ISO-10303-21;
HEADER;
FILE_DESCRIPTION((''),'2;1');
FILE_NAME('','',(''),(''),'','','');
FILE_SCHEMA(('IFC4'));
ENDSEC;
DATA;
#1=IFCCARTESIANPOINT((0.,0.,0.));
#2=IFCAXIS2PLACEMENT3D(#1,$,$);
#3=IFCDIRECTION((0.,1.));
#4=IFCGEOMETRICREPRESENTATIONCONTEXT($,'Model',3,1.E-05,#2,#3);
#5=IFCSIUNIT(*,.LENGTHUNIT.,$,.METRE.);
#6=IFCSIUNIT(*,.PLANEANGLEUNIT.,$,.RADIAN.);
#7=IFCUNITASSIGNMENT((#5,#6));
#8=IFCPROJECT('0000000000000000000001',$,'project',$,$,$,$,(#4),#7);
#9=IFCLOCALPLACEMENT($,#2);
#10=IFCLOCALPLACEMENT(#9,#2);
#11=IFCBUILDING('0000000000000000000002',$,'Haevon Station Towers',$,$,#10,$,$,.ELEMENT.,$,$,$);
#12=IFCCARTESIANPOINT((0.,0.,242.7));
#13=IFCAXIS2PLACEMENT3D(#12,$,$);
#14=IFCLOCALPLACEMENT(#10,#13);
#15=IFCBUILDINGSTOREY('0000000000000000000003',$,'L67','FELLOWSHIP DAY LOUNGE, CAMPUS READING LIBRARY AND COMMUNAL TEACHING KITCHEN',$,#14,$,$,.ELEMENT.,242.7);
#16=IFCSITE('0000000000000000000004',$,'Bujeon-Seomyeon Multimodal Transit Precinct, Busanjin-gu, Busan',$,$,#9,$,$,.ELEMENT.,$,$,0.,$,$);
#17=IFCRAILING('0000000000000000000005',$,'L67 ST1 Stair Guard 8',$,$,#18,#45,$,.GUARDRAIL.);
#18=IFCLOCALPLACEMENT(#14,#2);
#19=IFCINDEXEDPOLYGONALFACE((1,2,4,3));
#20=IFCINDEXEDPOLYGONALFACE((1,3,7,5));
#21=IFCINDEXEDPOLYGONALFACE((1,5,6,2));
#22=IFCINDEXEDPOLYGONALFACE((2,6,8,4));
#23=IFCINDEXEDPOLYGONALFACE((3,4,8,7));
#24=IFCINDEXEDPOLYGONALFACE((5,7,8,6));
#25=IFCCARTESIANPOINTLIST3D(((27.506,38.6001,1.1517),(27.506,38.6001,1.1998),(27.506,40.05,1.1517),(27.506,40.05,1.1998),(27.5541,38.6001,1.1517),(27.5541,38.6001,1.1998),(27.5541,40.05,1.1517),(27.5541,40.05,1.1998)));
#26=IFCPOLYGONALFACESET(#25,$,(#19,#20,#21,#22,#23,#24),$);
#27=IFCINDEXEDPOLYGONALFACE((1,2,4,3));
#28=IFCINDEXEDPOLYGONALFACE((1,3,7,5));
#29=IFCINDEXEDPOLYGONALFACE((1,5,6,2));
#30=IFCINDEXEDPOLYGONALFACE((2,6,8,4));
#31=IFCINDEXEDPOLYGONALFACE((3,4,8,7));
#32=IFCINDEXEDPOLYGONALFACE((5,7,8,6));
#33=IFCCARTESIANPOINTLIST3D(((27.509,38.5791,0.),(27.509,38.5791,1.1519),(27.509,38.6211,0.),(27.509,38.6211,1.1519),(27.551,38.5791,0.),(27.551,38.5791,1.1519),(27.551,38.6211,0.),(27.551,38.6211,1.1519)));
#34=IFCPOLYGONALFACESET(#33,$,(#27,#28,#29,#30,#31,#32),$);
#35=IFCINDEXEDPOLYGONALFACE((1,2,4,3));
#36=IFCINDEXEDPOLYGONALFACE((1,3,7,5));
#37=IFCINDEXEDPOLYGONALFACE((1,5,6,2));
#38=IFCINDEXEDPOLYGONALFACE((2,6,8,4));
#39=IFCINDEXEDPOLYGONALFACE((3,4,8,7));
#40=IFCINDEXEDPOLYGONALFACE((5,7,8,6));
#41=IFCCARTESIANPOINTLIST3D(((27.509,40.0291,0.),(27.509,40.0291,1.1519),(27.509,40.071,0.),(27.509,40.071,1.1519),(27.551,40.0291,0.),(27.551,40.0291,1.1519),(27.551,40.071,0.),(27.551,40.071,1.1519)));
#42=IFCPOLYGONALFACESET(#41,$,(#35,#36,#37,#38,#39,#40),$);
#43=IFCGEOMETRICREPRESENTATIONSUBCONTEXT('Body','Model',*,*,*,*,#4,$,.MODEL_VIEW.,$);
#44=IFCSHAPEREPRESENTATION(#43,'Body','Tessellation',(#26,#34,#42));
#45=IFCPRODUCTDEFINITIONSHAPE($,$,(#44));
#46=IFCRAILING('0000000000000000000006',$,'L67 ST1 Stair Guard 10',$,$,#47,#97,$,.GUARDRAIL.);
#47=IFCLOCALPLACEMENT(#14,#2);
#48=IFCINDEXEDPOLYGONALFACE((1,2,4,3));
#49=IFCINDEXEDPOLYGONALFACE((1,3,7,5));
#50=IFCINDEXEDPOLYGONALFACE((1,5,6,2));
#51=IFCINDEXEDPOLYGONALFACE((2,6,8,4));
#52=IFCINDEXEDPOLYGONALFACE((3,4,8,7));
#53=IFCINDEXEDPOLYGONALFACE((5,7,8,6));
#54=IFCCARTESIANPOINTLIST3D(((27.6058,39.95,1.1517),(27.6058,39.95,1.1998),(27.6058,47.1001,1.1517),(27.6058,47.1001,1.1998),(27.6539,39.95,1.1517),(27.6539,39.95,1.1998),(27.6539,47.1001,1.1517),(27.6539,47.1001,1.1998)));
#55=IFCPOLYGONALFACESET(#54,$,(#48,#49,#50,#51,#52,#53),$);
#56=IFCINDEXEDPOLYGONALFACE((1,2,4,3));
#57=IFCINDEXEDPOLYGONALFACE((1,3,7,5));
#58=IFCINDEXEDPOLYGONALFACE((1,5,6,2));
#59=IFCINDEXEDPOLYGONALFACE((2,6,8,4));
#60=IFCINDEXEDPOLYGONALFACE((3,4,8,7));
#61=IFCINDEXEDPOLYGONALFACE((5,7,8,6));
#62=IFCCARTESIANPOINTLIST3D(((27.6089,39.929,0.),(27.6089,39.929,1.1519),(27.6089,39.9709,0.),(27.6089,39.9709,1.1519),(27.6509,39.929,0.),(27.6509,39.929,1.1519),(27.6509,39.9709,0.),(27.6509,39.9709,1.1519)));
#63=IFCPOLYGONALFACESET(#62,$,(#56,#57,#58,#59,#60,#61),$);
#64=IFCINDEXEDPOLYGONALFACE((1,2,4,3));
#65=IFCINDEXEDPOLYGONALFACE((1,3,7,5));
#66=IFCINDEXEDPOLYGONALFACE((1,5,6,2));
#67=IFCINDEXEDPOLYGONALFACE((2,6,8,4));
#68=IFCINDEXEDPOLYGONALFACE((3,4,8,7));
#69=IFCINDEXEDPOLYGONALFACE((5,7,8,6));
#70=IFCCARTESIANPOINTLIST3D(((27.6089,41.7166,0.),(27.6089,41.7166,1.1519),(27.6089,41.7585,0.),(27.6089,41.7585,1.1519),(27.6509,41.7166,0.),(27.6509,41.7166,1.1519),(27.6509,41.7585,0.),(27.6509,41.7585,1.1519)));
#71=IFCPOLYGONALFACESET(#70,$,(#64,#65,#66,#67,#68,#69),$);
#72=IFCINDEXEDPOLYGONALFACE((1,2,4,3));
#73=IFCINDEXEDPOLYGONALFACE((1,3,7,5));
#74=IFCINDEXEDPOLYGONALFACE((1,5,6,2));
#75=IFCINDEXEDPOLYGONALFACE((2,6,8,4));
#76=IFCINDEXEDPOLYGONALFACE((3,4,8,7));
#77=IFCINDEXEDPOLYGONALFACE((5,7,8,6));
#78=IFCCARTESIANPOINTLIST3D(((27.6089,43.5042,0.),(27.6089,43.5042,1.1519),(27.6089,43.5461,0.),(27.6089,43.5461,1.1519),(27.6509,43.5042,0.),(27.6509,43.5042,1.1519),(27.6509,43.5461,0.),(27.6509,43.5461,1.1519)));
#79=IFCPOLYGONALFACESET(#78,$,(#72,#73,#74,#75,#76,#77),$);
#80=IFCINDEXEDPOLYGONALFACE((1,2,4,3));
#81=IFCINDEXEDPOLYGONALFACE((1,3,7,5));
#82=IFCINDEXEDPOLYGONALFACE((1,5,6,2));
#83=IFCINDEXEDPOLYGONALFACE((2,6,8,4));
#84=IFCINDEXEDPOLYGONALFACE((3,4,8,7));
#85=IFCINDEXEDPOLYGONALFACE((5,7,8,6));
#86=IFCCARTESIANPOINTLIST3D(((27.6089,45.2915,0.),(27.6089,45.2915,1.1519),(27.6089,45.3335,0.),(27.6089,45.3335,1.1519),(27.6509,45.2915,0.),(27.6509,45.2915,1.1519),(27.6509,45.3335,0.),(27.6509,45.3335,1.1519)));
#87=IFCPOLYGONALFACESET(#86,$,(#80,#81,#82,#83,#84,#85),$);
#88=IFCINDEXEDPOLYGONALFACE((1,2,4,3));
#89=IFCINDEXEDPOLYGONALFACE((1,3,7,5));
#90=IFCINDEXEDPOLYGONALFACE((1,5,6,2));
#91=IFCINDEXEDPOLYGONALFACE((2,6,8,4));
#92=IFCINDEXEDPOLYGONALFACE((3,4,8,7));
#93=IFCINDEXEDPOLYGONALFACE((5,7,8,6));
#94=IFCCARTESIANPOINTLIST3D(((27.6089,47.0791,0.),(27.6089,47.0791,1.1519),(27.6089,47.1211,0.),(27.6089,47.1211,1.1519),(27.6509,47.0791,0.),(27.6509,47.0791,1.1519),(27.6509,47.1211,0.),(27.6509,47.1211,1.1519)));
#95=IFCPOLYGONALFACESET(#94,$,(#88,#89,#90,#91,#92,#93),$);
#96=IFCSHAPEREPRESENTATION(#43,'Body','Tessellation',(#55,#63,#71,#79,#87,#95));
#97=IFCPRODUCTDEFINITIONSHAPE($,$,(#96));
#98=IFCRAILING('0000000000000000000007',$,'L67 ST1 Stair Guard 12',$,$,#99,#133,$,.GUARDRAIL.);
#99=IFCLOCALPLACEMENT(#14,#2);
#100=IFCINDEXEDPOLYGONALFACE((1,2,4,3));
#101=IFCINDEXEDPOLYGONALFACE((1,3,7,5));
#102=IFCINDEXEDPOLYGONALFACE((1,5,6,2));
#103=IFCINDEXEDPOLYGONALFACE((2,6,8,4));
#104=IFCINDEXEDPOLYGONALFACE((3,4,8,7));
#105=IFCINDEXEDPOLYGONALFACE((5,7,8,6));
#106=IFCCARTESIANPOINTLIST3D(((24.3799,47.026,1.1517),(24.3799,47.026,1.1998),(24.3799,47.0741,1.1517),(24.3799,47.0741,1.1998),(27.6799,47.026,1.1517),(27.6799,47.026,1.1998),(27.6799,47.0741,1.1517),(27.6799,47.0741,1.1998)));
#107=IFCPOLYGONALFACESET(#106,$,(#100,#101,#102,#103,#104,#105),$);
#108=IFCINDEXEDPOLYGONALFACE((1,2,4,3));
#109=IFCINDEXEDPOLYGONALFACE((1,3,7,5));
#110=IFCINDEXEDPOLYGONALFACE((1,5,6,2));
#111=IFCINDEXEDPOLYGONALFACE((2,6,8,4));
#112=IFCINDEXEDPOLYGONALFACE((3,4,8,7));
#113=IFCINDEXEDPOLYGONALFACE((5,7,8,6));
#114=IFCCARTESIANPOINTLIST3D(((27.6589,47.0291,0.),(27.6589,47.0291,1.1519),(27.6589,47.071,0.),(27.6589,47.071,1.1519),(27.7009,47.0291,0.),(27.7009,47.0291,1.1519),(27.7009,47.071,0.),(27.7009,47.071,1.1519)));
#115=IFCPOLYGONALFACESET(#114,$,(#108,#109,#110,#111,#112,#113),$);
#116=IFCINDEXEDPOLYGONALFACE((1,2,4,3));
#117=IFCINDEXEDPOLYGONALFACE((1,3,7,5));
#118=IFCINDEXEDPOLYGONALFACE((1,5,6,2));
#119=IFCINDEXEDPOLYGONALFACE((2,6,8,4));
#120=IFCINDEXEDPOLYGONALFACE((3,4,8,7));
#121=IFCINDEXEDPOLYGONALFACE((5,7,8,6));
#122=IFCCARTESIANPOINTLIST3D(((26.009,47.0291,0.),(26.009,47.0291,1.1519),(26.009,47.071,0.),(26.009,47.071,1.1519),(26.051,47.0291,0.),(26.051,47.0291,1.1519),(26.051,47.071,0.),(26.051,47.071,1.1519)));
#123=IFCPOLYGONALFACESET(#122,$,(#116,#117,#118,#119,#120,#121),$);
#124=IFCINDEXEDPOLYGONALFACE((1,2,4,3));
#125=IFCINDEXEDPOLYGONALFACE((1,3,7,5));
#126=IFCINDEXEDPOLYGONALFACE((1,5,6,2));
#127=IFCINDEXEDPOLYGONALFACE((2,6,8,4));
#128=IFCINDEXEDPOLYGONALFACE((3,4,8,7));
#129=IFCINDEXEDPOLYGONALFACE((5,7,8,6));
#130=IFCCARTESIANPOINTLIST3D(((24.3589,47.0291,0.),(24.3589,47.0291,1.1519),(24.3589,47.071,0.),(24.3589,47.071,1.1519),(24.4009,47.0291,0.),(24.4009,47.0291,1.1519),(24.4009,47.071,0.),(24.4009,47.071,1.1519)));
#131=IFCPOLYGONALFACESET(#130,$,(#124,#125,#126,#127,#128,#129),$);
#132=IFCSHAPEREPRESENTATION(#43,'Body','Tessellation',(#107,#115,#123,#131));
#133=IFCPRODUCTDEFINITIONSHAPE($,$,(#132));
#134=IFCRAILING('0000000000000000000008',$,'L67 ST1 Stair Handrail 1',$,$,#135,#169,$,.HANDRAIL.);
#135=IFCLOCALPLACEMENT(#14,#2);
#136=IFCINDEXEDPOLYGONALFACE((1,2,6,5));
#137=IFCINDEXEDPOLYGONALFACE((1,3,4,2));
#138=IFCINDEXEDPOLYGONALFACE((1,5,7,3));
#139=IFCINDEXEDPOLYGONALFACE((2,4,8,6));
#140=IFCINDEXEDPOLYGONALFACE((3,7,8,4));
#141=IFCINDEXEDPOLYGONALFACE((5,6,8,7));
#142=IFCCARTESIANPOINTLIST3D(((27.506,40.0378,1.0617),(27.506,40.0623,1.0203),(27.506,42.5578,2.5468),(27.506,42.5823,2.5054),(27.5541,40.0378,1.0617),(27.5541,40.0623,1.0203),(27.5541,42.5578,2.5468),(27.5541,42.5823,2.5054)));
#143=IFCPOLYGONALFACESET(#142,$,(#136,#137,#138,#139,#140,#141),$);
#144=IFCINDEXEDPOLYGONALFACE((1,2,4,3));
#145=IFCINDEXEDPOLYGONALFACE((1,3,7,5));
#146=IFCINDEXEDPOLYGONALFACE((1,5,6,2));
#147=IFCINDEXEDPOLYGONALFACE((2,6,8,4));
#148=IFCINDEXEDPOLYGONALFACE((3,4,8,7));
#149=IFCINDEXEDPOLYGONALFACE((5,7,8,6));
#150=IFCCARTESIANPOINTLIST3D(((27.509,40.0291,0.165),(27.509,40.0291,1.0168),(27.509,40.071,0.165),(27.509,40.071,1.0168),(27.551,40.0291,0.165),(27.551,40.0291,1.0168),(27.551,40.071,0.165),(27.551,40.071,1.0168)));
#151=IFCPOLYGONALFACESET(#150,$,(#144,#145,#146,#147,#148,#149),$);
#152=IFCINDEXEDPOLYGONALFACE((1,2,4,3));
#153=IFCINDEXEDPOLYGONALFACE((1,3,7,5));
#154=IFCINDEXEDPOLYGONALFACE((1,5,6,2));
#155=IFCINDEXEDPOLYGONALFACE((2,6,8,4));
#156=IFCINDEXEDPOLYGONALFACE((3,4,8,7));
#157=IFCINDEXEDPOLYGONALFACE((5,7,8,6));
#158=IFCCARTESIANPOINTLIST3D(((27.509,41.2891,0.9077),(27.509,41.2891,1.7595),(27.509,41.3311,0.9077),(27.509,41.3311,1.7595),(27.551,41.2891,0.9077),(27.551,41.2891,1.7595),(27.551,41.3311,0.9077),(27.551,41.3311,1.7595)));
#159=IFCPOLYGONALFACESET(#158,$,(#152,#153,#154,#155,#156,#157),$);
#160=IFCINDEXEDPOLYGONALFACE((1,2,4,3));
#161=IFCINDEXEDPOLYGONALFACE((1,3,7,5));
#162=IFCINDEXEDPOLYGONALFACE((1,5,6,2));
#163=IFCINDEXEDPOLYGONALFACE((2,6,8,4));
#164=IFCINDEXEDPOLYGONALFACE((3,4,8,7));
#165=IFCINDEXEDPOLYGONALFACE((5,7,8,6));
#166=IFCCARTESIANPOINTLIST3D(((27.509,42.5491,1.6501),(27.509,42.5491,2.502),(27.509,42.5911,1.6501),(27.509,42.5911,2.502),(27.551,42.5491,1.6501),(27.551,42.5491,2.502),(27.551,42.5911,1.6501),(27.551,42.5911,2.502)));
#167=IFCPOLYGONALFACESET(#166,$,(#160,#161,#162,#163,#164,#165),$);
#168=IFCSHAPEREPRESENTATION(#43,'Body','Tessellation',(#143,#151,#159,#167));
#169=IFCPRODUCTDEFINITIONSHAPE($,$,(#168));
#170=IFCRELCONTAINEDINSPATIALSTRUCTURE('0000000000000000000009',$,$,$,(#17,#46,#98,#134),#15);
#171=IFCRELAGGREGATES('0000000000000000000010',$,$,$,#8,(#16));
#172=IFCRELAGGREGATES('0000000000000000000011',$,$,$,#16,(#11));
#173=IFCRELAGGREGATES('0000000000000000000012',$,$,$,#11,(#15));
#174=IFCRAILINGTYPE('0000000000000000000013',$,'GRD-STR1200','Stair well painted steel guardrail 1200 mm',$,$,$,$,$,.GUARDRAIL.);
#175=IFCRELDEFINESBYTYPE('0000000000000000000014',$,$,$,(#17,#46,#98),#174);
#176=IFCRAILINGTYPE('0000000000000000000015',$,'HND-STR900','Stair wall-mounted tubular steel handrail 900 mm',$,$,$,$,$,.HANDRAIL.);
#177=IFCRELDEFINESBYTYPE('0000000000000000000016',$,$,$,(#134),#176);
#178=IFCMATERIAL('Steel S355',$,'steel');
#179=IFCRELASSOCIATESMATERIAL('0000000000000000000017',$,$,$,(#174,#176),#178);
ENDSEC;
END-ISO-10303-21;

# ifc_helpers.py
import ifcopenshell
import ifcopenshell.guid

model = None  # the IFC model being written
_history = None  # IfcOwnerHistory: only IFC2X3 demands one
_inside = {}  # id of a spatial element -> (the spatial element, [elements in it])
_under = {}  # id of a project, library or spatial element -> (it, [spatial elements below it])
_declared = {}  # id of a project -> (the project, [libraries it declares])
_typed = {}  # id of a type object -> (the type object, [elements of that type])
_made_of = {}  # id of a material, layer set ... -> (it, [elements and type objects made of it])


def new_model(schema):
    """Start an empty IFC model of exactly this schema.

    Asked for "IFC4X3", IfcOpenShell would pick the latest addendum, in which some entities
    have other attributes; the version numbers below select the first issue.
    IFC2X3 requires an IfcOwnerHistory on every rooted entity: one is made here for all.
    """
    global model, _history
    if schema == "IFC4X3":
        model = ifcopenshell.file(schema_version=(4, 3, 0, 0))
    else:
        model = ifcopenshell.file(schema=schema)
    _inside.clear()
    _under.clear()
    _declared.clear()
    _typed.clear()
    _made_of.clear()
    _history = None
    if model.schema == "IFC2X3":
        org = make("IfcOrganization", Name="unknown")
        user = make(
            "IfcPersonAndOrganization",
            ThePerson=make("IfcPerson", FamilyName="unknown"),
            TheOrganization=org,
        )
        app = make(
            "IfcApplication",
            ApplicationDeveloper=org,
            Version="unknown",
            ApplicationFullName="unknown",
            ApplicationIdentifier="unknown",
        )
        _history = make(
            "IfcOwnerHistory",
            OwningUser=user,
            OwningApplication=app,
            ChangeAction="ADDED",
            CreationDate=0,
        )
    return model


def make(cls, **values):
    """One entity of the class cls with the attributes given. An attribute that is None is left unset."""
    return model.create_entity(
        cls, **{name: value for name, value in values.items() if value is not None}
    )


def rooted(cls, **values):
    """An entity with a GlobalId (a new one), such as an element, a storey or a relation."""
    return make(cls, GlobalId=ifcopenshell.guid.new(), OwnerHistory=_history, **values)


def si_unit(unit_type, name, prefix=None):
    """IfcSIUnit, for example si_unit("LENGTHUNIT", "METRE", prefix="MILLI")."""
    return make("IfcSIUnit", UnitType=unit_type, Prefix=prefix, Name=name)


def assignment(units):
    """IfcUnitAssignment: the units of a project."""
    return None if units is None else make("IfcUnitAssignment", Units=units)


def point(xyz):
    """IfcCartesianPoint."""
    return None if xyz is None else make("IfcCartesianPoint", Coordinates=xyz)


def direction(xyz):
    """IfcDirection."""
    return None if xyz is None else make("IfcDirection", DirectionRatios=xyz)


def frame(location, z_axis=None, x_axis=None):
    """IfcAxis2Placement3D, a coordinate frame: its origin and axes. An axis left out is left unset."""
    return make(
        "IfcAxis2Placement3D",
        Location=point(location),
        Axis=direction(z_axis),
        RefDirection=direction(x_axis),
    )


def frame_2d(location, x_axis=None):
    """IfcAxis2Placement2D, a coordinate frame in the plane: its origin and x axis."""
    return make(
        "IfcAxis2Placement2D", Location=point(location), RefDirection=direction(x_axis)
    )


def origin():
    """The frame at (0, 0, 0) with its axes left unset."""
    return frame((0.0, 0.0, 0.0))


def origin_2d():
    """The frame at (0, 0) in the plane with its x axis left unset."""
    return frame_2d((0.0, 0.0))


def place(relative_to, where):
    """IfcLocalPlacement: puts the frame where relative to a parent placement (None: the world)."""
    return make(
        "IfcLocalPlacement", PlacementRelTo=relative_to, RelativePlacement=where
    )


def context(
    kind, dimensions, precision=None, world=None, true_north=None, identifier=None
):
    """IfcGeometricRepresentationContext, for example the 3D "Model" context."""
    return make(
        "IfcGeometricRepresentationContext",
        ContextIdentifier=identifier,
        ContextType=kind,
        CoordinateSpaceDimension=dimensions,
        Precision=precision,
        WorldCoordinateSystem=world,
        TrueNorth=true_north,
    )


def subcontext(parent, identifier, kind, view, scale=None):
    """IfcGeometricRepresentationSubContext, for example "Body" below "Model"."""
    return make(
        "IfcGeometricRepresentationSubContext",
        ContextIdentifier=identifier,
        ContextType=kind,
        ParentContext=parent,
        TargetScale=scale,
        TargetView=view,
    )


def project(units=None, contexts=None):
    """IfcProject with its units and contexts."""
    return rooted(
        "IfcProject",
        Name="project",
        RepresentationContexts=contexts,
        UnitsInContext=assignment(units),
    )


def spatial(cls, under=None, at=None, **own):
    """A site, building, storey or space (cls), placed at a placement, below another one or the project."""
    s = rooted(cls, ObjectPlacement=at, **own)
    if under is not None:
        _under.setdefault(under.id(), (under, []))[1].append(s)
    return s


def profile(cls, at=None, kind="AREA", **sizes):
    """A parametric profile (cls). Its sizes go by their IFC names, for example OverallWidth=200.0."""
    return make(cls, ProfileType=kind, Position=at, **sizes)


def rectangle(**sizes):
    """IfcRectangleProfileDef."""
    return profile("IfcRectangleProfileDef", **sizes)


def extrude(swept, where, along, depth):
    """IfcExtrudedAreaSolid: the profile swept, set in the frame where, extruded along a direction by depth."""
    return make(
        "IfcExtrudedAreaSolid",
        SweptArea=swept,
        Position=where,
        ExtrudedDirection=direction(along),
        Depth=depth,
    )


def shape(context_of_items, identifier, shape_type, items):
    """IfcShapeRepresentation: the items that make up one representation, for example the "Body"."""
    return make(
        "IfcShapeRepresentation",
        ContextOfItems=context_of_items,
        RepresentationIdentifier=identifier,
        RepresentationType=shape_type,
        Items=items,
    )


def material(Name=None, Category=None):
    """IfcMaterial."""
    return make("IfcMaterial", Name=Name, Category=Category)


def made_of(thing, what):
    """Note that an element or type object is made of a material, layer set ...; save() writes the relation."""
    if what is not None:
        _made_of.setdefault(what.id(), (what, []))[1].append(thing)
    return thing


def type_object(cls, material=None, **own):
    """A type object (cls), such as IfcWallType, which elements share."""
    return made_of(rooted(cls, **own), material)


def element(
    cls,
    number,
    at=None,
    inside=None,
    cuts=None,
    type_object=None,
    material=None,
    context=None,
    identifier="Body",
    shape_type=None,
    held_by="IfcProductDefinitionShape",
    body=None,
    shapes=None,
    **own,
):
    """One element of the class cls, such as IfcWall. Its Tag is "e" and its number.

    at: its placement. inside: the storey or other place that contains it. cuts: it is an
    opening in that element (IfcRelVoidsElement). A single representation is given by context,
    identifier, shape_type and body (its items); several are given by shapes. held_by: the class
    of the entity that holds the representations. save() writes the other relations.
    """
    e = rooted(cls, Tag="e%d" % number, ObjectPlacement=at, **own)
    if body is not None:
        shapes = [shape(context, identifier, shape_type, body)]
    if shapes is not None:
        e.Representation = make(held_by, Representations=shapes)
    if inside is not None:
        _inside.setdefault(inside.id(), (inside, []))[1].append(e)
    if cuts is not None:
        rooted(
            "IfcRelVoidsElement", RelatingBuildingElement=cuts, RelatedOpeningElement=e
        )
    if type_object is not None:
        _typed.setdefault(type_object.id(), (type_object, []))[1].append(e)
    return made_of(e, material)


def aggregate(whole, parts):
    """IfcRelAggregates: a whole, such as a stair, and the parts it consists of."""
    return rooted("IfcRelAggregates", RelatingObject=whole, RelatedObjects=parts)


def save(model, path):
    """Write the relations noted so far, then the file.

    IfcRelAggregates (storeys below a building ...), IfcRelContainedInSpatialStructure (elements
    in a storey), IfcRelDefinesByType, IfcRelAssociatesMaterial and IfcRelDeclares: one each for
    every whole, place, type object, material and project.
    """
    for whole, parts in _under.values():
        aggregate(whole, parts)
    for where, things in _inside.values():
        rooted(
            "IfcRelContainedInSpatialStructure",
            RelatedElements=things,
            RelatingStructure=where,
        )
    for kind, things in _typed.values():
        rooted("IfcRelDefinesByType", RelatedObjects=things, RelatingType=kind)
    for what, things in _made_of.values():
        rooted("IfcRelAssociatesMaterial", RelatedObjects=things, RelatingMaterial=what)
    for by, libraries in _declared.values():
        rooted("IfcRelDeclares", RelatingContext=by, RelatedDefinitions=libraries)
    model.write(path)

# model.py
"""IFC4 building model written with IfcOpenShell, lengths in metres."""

from ifc_helpers import new_model, si_unit, direction, frame, origin, origin_2d, place, context, subcontext, project, spatial, rectangle, extrude, material, type_object, element, save


model = new_model("IFC4")

# Units and contexts
model_context = context("Model", 3, precision=1e-05, world=origin(), true_north=direction((0.0, 1.0)))
body_context = subcontext(model_context, "Body", "Model", "MODEL_VIEW")
ifc_project = project(units=[si_unit("LENGTHUNIT", "METRE"), si_unit("PLANEANGLEUNIT", "RADIAN")], contexts=[model_context])

# Site, building, storey
site_placement = place(None, origin())
site = spatial("IfcSite", under=ifc_project, at=site_placement, Name="Bujeon-Seomyeon Multimodal Transit Precinct, Busanjin-gu, Busan", CompositionType="ELEMENT", RefElevation=0.0)
building_placement = place(site_placement, origin())
building = spatial("IfcBuilding", under=site, at=building_placement, Name="Haevon Station Towers", CompositionType="ELEMENT")
storey_placement = place(building_placement, frame((0.0, 0.0, 242.7)))
storey = spatial("IfcBuildingStorey", under=building, at=storey_placement, Name="L67", Description="FELLOWSHIP DAY LOUNGE, CAMPUS READING LIBRARY AND COMMUNAL TEACHING KITCHEN", CompositionType="ELEMENT", Elevation=242.7)

# Shared definitions
ifc_material_1 = material(Name="Steel S355", Category="steel")

# Railings
railing_type_1 = type_object("IfcRailingType", Name="GRD-STR1200", Description="Stair well painted steel guardrail 1200 mm", PredefinedType="GUARDRAIL", material=ifc_material_1)
railing_1_placement = place(storey_placement, frame((27.53, 38.6001, 0.0)))
element("IfcRailing", 1, at=railing_1_placement, inside=storey, type_object=railing_type_1, Name="L67 ST1 Stair Guard 8", PredefinedType="GUARDRAIL", context=body_context, shape_type="SweptSolid", body=[
    extrude(rectangle(XDim=0.0481, YDim=0.0481, at=origin_2d()), frame((0.0, 0.0, 1.1758), z_axis=(0.0, 1.0, 0.0), x_axis=(-1.0, 0.0, 0.0)), (0.0, 0.0, 1.0), 1.45),
    extrude(rectangle(XDim=0.042, YDim=0.042, at=origin_2d()), origin(), (0.0, 0.0, 1.0), 1.1519),
    extrude(rectangle(XDim=0.042, YDim=0.042, at=origin_2d()), frame((0.0, 1.45, 0.0)), (0.0, 0.0, 1.0), 1.1519),
])
railing_2_placement = place(storey_placement, frame((27.6299, 39.95, 0.0)))
element("IfcRailing", 2, at=railing_2_placement, inside=storey, type_object=railing_type_1, Name="L67 ST1 Stair Guard 10", PredefinedType="GUARDRAIL", context=body_context, shape_type="SweptSolid", body=[
    extrude(rectangle(XDim=0.0481, YDim=0.0481, at=origin_2d()), frame((0.0, 0.0, 1.1758), z_axis=(0.0, 1.0, 0.0), x_axis=(-1.0, 0.0, 0.0)), (0.0, 0.0, 1.0), 7.1501),
    extrude(rectangle(XDim=0.042, YDim=0.042, at=origin_2d()), origin(), (0.0, 0.0, 1.0), 1.1519),
    extrude(rectangle(XDim=0.042, YDim=0.042, at=origin_2d()), frame((0.0, 1.7876, 0.0)), (0.0, 0.0, 1.0), 1.1519),
    extrude(rectangle(XDim=0.042, YDim=0.042, at=origin_2d()), frame((0.0, 3.5752, 0.0)), (0.0, 0.0, 1.0), 1.1519),
    extrude(rectangle(XDim=0.042, YDim=0.042, at=origin_2d()), frame((0.0, 5.3625, 0.0)), (0.0, 0.0, 1.0), 1.1519),
    extrude(rectangle(XDim=0.042, YDim=0.042, at=origin_2d()), frame((0.0, 7.1501, 0.0)), (0.0, 0.0, 1.0), 1.1519),
])
railing_3_placement = place(storey_placement, frame((27.6799, 47.05, 0.0)))
element("IfcRailing", 3, at=railing_3_placement, inside=storey, type_object=railing_type_1, Name="L67 ST1 Stair Guard 12", PredefinedType="GUARDRAIL", context=body_context, shape_type="SweptSolid", body=[
    extrude(rectangle(XDim=0.0481, YDim=0.0481, at=origin_2d()), frame((0.0, 0.0, 1.1758), z_axis=(-1.0, 0.0, 0.0), x_axis=(0.0, -1.0, 0.0)), (0.0, 0.0, 1.0), 3.3),
    extrude(rectangle(XDim=0.042, YDim=0.042, at=origin_2d()), origin(), (0.0, 0.0, 1.0), 1.1519),
    extrude(rectangle(XDim=0.042, YDim=0.042, at=origin_2d()), frame((-1.6499, 0.0, 0.0)), (0.0, 0.0, 1.0), 1.1519),
    extrude(rectangle(XDim=0.042, YDim=0.042, at=origin_2d()), frame((-3.3, 0.0, 0.0)), (0.0, 0.0, 1.0), 1.1519),
])
railing_type_2 = type_object("IfcRailingType", Name="HND-STR900", Description="Stair wall-mounted tubular steel handrail 900 mm", PredefinedType="HANDRAIL", material=ifc_material_1)
railing_4_placement = place(storey_placement, frame((27.53, 40.05, 0.165)))
element("IfcRailing", 4, at=railing_4_placement, inside=storey, type_object=railing_type_2, Name="L67 ST1 Stair Handrail 1", PredefinedType="HANDRAIL", context=body_context, shape_type="SweptSolid", body=[
    extrude(rectangle(XDim=0.0481, YDim=0.0481, at=origin_2d()), frame((0.0, 0.0, 0.876), z_axis=(0.0, 0.861524, 0.507717), x_axis=(-1.0, 0.0, 0.0)), (0.0, 0.0, 1.0), 2.925),
    extrude(rectangle(XDim=0.042, YDim=0.042, at=origin_2d()), origin(), (0.0, 0.0, 1.0), 0.8518),
    extrude(rectangle(XDim=0.042, YDim=0.042, at=origin_2d()), frame((0.0, 1.26, 0.7427)), (0.0, 0.0, 1.0), 0.8518),
    extrude(rectangle(XDim=0.042, YDim=0.042, at=origin_2d()), frame((0.0, 2.52, 1.4851)), (0.0, 0.0, 1.0), 0.8518),
])

save(model, "model.ifc")
